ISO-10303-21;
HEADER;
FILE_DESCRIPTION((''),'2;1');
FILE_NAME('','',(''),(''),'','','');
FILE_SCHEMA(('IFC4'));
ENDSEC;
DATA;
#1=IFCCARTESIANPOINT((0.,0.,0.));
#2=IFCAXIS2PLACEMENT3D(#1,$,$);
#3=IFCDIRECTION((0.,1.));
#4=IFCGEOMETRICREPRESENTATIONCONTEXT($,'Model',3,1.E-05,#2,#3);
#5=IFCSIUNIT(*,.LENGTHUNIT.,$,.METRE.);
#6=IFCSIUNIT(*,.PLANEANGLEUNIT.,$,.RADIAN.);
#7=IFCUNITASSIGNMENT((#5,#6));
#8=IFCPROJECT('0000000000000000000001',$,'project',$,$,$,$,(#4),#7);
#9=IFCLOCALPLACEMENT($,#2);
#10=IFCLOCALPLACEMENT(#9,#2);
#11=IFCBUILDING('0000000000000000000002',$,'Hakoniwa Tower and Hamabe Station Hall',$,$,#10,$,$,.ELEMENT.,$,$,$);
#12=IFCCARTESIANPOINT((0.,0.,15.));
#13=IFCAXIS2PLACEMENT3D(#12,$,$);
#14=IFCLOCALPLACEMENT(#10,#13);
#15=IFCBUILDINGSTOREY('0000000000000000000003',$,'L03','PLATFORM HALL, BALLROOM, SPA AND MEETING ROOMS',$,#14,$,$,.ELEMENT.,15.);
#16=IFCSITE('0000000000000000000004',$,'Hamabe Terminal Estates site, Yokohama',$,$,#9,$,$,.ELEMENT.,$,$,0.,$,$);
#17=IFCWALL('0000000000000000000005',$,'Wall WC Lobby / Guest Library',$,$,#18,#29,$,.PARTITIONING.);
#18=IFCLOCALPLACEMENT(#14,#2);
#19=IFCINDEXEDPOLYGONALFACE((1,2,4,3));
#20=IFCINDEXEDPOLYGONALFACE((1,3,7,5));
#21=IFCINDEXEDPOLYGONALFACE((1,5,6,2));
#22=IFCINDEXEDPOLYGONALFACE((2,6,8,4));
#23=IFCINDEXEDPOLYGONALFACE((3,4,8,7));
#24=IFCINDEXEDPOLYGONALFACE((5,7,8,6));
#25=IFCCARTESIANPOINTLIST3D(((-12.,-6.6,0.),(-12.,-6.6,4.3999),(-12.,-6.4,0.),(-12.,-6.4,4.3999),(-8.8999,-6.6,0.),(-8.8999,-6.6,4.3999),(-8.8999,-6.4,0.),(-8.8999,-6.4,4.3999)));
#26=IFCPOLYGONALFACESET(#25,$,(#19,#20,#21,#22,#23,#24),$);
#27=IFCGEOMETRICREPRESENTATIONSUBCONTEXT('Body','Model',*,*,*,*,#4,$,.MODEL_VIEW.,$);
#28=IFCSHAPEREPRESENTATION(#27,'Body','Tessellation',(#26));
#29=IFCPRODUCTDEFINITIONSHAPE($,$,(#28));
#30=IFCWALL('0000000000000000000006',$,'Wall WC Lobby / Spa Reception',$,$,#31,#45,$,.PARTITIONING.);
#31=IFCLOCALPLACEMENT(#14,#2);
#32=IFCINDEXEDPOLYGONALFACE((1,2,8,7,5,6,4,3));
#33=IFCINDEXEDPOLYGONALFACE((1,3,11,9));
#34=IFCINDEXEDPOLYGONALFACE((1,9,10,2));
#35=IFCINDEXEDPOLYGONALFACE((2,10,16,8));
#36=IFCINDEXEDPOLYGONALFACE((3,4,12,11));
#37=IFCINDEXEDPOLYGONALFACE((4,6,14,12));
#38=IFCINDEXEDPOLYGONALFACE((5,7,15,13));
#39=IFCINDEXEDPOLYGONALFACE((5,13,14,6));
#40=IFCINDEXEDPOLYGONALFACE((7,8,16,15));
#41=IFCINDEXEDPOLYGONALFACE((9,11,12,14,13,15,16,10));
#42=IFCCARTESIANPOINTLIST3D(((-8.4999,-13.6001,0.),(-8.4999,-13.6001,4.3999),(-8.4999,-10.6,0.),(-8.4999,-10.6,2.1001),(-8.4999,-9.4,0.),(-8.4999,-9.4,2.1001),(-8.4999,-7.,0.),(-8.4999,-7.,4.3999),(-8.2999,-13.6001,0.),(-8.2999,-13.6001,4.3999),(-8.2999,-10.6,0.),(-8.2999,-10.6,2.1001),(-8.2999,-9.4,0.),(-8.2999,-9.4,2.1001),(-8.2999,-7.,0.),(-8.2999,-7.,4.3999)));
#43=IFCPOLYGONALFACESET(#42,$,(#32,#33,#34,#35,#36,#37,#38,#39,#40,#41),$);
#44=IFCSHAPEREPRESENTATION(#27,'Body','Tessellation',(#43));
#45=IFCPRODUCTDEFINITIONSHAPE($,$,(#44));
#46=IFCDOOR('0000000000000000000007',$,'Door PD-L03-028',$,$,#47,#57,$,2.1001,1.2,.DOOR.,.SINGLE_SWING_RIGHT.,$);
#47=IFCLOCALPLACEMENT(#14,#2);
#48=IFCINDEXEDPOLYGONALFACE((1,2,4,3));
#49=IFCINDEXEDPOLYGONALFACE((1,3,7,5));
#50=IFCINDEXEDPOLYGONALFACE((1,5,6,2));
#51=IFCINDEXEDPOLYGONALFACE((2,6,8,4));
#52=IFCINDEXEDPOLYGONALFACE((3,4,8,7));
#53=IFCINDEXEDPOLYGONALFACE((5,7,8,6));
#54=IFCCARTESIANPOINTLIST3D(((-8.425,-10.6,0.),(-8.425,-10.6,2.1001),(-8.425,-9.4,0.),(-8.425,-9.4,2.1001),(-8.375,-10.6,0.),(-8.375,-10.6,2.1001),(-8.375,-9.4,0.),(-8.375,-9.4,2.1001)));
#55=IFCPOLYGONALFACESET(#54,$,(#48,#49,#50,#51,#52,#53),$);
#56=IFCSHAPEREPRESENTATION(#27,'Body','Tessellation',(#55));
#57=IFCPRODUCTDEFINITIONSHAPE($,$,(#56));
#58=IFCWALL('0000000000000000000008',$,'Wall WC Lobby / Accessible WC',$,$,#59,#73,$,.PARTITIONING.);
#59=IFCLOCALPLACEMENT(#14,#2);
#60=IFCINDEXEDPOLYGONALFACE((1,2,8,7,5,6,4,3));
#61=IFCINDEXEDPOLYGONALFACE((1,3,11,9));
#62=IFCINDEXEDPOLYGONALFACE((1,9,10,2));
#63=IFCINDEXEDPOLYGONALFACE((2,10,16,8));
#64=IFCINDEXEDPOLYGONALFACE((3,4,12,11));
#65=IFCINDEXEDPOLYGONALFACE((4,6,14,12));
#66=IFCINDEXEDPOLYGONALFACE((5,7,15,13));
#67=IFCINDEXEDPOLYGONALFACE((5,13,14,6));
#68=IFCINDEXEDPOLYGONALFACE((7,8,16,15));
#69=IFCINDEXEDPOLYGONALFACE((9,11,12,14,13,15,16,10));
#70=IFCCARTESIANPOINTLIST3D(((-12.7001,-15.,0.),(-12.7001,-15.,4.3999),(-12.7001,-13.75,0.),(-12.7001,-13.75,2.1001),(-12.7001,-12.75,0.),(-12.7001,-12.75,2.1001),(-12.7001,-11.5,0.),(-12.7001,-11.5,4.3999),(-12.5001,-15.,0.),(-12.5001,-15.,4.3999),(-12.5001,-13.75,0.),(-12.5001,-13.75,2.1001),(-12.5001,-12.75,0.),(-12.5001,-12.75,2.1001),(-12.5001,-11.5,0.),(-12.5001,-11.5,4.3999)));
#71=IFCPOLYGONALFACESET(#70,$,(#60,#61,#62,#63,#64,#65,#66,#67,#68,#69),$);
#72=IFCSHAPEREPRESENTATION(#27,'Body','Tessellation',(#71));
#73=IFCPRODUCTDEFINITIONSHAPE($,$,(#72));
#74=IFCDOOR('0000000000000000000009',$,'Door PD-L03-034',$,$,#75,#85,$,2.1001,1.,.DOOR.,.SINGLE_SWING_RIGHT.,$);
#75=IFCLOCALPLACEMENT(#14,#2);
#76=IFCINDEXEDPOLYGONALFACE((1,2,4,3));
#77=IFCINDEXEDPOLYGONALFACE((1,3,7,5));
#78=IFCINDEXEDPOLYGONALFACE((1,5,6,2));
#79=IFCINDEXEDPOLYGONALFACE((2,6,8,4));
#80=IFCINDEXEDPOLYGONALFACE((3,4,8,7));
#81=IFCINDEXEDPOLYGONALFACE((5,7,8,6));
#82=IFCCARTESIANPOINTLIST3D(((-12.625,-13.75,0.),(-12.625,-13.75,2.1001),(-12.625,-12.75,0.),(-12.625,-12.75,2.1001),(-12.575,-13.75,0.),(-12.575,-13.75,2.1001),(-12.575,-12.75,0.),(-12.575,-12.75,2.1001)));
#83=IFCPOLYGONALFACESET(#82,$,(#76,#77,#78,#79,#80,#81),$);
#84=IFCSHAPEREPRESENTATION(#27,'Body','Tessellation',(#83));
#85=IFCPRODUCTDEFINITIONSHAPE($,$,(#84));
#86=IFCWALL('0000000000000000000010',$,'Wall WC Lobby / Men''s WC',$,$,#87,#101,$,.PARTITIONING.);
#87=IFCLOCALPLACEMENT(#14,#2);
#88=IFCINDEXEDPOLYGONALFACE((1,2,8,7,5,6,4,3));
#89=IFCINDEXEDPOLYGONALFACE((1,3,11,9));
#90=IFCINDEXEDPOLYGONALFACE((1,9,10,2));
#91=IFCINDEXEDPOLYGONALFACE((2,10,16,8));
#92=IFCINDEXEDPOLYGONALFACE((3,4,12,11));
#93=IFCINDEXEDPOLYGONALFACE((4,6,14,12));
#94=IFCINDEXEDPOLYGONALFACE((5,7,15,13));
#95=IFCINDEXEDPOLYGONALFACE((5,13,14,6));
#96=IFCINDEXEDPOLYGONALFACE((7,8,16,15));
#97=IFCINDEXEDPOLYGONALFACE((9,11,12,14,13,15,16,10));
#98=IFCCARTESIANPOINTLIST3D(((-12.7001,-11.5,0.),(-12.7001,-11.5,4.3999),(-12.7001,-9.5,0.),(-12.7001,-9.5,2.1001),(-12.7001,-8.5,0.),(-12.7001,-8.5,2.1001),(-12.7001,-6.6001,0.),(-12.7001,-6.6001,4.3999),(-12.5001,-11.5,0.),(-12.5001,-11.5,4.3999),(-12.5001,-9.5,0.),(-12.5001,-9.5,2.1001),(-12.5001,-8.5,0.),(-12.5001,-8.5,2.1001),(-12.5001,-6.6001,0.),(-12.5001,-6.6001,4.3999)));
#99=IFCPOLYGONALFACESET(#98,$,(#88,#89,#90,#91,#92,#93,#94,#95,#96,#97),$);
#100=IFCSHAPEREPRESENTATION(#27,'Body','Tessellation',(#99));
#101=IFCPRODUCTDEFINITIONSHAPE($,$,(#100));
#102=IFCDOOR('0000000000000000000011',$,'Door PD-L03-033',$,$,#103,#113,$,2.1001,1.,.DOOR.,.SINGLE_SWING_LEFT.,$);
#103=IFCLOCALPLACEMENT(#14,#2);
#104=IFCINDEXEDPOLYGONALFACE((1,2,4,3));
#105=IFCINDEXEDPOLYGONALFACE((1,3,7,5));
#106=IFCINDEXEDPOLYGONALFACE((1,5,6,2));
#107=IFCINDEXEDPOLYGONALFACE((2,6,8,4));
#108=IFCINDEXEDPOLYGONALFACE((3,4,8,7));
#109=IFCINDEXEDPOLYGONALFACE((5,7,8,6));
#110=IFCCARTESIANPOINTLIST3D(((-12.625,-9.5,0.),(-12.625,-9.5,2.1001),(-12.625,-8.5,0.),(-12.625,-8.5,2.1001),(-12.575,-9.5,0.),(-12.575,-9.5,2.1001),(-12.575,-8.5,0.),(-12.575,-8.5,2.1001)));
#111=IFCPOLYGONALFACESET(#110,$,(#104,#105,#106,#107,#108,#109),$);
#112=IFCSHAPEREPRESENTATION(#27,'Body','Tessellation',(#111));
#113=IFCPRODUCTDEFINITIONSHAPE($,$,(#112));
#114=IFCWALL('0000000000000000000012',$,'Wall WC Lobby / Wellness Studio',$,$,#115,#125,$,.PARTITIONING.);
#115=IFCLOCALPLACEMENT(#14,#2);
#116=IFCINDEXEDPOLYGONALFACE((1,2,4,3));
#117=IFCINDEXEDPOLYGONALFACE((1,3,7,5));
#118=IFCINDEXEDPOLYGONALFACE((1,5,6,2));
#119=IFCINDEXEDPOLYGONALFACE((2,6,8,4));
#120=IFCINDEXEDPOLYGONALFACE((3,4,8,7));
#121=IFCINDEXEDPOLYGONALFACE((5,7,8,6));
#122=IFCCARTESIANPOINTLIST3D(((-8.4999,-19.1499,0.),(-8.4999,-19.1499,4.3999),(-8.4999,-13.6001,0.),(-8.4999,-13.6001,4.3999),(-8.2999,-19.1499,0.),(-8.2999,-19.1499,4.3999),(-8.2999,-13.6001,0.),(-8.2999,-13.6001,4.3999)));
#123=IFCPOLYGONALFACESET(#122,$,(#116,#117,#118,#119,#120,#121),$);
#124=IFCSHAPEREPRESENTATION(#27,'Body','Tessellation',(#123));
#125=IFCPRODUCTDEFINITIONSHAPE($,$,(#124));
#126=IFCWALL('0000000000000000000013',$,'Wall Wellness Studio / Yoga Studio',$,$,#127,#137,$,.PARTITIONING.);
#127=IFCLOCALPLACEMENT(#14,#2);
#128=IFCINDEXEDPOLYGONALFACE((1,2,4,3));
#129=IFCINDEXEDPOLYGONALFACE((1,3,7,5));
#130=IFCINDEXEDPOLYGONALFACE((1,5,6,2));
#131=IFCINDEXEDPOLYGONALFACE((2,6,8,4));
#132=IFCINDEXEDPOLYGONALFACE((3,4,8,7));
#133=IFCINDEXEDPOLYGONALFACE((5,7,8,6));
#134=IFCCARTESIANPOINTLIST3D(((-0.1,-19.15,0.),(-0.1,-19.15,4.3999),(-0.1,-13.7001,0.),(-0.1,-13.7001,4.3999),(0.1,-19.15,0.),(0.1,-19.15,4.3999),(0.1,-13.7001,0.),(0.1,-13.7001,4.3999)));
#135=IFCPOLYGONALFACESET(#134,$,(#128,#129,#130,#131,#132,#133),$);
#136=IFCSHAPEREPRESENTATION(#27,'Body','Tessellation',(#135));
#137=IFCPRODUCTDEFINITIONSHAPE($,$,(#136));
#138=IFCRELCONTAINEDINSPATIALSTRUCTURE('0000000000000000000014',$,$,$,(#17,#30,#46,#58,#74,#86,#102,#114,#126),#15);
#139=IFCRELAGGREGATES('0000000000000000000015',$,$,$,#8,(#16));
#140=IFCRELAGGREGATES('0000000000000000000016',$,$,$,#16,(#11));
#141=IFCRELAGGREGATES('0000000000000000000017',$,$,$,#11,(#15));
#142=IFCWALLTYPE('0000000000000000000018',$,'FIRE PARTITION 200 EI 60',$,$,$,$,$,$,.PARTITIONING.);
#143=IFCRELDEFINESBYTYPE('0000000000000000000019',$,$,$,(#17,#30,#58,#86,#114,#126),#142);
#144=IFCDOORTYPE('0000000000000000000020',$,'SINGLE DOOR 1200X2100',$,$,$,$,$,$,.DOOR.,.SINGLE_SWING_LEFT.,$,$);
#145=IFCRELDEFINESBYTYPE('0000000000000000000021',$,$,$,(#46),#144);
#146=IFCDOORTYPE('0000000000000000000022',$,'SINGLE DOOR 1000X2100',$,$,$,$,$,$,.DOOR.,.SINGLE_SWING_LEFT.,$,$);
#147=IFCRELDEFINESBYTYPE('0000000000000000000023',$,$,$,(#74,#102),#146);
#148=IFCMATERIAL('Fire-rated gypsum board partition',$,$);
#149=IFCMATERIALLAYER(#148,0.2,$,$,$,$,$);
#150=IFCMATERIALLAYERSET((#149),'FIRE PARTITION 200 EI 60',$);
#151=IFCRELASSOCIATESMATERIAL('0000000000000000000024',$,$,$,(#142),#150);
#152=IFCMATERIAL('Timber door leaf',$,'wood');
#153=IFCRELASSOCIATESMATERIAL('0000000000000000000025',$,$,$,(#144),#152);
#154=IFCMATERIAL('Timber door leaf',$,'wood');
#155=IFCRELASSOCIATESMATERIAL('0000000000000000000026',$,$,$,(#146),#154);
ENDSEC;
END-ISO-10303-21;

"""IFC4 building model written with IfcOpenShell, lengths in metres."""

from ifc_helpers import new_model, si_unit, direction, frame, frame_2d, origin, place, context, subcontext, project, spatial, rectangle, extrude, material, layer, layer_set, type_object, element, fill, save


model = new_model("IFC4")

# Units and contexts
model_context = context("Model", 3, precision=1e-05, world=origin(), true_north=direction((0.0, 1.0)))
body_context = subcontext(model_context, "Body", "Model", "MODEL_VIEW")
ifc_project = project(units=[si_unit("LENGTHUNIT", "METRE"), si_unit("PLANEANGLEUNIT", "RADIAN")], contexts=[model_context])

# Site, building, storey
site_placement = place(None, origin())
site = spatial("IfcSite", under=ifc_project, at=site_placement, Name="Hamabe Terminal Estates site, Yokohama", CompositionType="ELEMENT", RefElevation=0.0)
building_placement = place(site_placement, origin())
building = spatial("IfcBuilding", under=site, at=building_placement, Name="Hakoniwa Tower and Hamabe Station Hall", CompositionType="ELEMENT")
storey_placement = place(building_placement, frame((0.0, 0.0, 15.0)))
storey = spatial("IfcBuildingStorey", under=building, at=storey_placement, Name="L03", Description="PLATFORM HALL, BALLROOM, SPA AND MEETING ROOMS", CompositionType="ELEMENT", Elevation=15.0)

# Shared definitions
ifc_material_1 = material(Name="Fire-rated gypsum board partition")
ifc_layer_1 = layer(ifc_material_1, 0.2)
ifc_layer_set_1 = layer_set([ifc_layer_1], Name="FIRE PARTITION 200 EI 60")
wall_type = type_object("IfcWallType", Name="FIRE PARTITION 200 EI 60", PredefinedType="PARTITIONING", material=ifc_layer_set_1)

# Wall
wall_1_placement = place(storey_placement, frame((-12.0, -6.5, 0.0), z_axis=(0.0, 0.0, 1.0), x_axis=(1.0, 0.0, 0.0)))
element("IfcWall", 1, at=wall_1_placement, inside=storey, type_object=wall_type, Name="Wall WC Lobby / Guest Library", PredefinedType="PARTITIONING", context=body_context, shape_type="SweptSolid", body=[
    extrude(rectangle(XDim=3.1001, YDim=0.2, at=frame_2d((1.55, 0.0))), origin(), (0.0, 0.0, 1.0), 4.3999),
])

# Walls, openings, doors
wall_2_placement = place(storey_placement, frame((-8.3999, -7.0, 0.0), z_axis=(0.0, 0.0, 1.0), x_axis=(0.0, -1.0, 0.0)))
wall_2 = element("IfcWall", 2, at=wall_2_placement, inside=storey, type_object=wall_type, Name="Wall WC Lobby / Spa Reception", PredefinedType="PARTITIONING", context=body_context, shape_type="SweptSolid", body=[
    extrude(rectangle(XDim=6.6001, YDim=0.2, at=frame_2d((3.3, 0.0))), origin(), (0.0, 0.0, 1.0), 4.3999),
])
opening_1_placement = place(wall_2_placement, frame((2.3999, 0.0, 0.0)))
opening_1 = element("IfcOpeningElement", 3, at=opening_1_placement, cuts=wall_2, PredefinedType="OPENING", context=body_context, shape_type="SweptSolid", body=[
    extrude(rectangle(XDim=1.2, YDim=2.1001, at=frame_2d((0.6001, 1.05))), frame((0.0, 0.1099, 0.0), z_axis=(0.0, -1.0, 0.0), x_axis=(1.0, 0.0, 0.0)), (0.0, 0.0, 1.0), 0.22),
])
ifc_material_2 = material(Name="Timber door leaf", Category="wood")
door_type_1 = type_object("IfcDoorType", Name="SINGLE DOOR 1200X2100", OperationType="SINGLE_SWING_LEFT", PredefinedType="DOOR", material=ifc_material_2)
door_1_placement = place(opening_1_placement, origin())
door_1 = element("IfcDoor", 4, at=door_1_placement, inside=storey, type_object=door_type_1, Name="Door PD-L03-028", OperationType="SINGLE_SWING_RIGHT", OverallHeight=2.1001, OverallWidth=1.2, PredefinedType="DOOR", context=body_context, shape_type="SweptSolid", body=[
    extrude(rectangle(XDim=1.2, YDim=2.1001, at=frame_2d((0.6001, 1.05))), frame((0.0, 0.0249, 0.0), z_axis=(0.0, -1.0, 0.0), x_axis=(1.0, 0.0, 0.0)), (0.0, 0.0, 1.0), 0.05),
])
fill(opening_1, door_1)
wall_3_placement = place(storey_placement, frame((-12.6001, -15.0, 0.0), z_axis=(0.0, 0.0, 1.0), x_axis=(0.0, 1.0, 0.0)))
wall_3 = element("IfcWall", 5, at=wall_3_placement, inside=storey, type_object=wall_type, Name="Wall WC Lobby / Accessible WC", PredefinedType="PARTITIONING", context=body_context, shape_type="SweptSolid", body=[
    extrude(rectangle(XDim=3.5, YDim=0.2, at=frame_2d((1.75, 0.0))), origin(), (0.0, 0.0, 1.0), 4.3999),
])
opening_2_placement = place(wall_3_placement, frame((1.25, 0.0, 0.0)))
opening_2 = element("IfcOpeningElement", 6, at=opening_2_placement, cuts=wall_3, PredefinedType="OPENING", context=body_context, shape_type="SweptSolid", body=[
    extrude(rectangle(XDim=1.0, YDim=2.1001, at=frame_2d((0.5, 1.05))), frame((0.0, 0.1099, 0.0), z_axis=(0.0, -1.0, 0.0), x_axis=(1.0, 0.0, 0.0)), (0.0, 0.0, 1.0), 0.22),
])
ifc_material_3 = material(Name="Timber door leaf", Category="wood")
door_type_2 = type_object("IfcDoorType", Name="SINGLE DOOR 1000X2100", OperationType="SINGLE_SWING_LEFT", PredefinedType="DOOR", material=ifc_material_3)
door_2_placement = place(opening_2_placement, origin())
door_2 = element("IfcDoor", 7, at=door_2_placement, inside=storey, type_object=door_type_2, Name="Door PD-L03-034", OperationType="SINGLE_SWING_RIGHT", OverallHeight=2.1001, OverallWidth=1.0, PredefinedType="DOOR", context=body_context, shape_type="SweptSolid", body=[
    extrude(rectangle(XDim=1.0, YDim=2.1001, at=frame_2d((0.5, 1.05))), frame((0.0, 0.0249, 0.0), z_axis=(0.0, -1.0, 0.0), x_axis=(1.0, 0.0, 0.0)), (0.0, 0.0, 1.0), 0.05),
])
fill(opening_2, door_2)
wall_4_placement = place(storey_placement, frame((-12.6001, -11.5, 0.0), z_axis=(0.0, 0.0, 1.0), x_axis=(0.0, 1.0, 0.0)))
wall_4 = element("IfcWall", 8, at=wall_4_placement, inside=storey, type_object=wall_type, Name="Wall WC Lobby / Men's WC", PredefinedType="PARTITIONING", context=body_context, shape_type="SweptSolid", body=[
    extrude(rectangle(XDim=4.8999, YDim=0.2, at=frame_2d((2.45, 0.0))), origin(), (0.0, 0.0, 1.0), 4.3999),
])
opening_3_placement = place(wall_4_placement, frame((2.0, 0.0, 0.0)))
opening_3 = element("IfcOpeningElement", 9, at=opening_3_placement, cuts=wall_4, PredefinedType="OPENING", context=body_context, shape_type="SweptSolid", body=[
    extrude(rectangle(XDim=1.0, YDim=2.1001, at=frame_2d((0.5, 1.05))), frame((0.0, 0.1099, 0.0), z_axis=(0.0, -1.0, 0.0), x_axis=(1.0, 0.0, 0.0)), (0.0, 0.0, 1.0), 0.22),
])
door_3_placement = place(opening_3_placement, origin())
door_3 = element("IfcDoor", 10, at=door_3_placement, inside=storey, type_object=door_type_2, Name="Door PD-L03-033", OperationType="SINGLE_SWING_LEFT", OverallHeight=2.1001, OverallWidth=1.0, PredefinedType="DOOR", context=body_context, shape_type="SweptSolid", body=[
    extrude(rectangle(XDim=1.0, YDim=2.1001, at=frame_2d((0.5, 1.05))), frame((0.0, 0.0249, 0.0), z_axis=(0.0, -1.0, 0.0), x_axis=(1.0, 0.0, 0.0)), (0.0, 0.0, 1.0), 0.05),
])
fill(opening_3, door_3)

# Walls
wall_5_placement = place(storey_placement, frame((-8.3999, -13.6001, 0.0), z_axis=(0.0, 0.0, 1.0), x_axis=(0.0, -1.0, 0.0)))
element("IfcWall", 11, at=wall_5_placement, inside=storey, type_object=wall_type, Name="Wall WC Lobby / Wellness Studio", PredefinedType="PARTITIONING", context=body_context, shape_type="SweptSolid", body=[
    extrude(rectangle(XDim=5.5498, YDim=0.2, at=frame_2d((2.7749, 0.0))), origin(), (0.0, 0.0, 1.0), 4.3999),
])
wall_6_placement = place(storey_placement, frame((0.0, -13.7, 0.0), z_axis=(0.0, 0.0, 1.0), x_axis=(0.0, -1.0, 0.0)))
element("IfcWall", 12, at=wall_6_placement, inside=storey, type_object=wall_type, Name="Wall Wellness Studio / Yoga Studio", PredefinedType="PARTITIONING", context=body_context, shape_type="SweptSolid", body=[
    extrude(rectangle(XDim=5.45, YDim=0.2, at=frame_2d((2.7251, 0.0))), origin(), (0.0, 0.0, 1.0), 4.3999),
])

save(model, "model.ifc")
